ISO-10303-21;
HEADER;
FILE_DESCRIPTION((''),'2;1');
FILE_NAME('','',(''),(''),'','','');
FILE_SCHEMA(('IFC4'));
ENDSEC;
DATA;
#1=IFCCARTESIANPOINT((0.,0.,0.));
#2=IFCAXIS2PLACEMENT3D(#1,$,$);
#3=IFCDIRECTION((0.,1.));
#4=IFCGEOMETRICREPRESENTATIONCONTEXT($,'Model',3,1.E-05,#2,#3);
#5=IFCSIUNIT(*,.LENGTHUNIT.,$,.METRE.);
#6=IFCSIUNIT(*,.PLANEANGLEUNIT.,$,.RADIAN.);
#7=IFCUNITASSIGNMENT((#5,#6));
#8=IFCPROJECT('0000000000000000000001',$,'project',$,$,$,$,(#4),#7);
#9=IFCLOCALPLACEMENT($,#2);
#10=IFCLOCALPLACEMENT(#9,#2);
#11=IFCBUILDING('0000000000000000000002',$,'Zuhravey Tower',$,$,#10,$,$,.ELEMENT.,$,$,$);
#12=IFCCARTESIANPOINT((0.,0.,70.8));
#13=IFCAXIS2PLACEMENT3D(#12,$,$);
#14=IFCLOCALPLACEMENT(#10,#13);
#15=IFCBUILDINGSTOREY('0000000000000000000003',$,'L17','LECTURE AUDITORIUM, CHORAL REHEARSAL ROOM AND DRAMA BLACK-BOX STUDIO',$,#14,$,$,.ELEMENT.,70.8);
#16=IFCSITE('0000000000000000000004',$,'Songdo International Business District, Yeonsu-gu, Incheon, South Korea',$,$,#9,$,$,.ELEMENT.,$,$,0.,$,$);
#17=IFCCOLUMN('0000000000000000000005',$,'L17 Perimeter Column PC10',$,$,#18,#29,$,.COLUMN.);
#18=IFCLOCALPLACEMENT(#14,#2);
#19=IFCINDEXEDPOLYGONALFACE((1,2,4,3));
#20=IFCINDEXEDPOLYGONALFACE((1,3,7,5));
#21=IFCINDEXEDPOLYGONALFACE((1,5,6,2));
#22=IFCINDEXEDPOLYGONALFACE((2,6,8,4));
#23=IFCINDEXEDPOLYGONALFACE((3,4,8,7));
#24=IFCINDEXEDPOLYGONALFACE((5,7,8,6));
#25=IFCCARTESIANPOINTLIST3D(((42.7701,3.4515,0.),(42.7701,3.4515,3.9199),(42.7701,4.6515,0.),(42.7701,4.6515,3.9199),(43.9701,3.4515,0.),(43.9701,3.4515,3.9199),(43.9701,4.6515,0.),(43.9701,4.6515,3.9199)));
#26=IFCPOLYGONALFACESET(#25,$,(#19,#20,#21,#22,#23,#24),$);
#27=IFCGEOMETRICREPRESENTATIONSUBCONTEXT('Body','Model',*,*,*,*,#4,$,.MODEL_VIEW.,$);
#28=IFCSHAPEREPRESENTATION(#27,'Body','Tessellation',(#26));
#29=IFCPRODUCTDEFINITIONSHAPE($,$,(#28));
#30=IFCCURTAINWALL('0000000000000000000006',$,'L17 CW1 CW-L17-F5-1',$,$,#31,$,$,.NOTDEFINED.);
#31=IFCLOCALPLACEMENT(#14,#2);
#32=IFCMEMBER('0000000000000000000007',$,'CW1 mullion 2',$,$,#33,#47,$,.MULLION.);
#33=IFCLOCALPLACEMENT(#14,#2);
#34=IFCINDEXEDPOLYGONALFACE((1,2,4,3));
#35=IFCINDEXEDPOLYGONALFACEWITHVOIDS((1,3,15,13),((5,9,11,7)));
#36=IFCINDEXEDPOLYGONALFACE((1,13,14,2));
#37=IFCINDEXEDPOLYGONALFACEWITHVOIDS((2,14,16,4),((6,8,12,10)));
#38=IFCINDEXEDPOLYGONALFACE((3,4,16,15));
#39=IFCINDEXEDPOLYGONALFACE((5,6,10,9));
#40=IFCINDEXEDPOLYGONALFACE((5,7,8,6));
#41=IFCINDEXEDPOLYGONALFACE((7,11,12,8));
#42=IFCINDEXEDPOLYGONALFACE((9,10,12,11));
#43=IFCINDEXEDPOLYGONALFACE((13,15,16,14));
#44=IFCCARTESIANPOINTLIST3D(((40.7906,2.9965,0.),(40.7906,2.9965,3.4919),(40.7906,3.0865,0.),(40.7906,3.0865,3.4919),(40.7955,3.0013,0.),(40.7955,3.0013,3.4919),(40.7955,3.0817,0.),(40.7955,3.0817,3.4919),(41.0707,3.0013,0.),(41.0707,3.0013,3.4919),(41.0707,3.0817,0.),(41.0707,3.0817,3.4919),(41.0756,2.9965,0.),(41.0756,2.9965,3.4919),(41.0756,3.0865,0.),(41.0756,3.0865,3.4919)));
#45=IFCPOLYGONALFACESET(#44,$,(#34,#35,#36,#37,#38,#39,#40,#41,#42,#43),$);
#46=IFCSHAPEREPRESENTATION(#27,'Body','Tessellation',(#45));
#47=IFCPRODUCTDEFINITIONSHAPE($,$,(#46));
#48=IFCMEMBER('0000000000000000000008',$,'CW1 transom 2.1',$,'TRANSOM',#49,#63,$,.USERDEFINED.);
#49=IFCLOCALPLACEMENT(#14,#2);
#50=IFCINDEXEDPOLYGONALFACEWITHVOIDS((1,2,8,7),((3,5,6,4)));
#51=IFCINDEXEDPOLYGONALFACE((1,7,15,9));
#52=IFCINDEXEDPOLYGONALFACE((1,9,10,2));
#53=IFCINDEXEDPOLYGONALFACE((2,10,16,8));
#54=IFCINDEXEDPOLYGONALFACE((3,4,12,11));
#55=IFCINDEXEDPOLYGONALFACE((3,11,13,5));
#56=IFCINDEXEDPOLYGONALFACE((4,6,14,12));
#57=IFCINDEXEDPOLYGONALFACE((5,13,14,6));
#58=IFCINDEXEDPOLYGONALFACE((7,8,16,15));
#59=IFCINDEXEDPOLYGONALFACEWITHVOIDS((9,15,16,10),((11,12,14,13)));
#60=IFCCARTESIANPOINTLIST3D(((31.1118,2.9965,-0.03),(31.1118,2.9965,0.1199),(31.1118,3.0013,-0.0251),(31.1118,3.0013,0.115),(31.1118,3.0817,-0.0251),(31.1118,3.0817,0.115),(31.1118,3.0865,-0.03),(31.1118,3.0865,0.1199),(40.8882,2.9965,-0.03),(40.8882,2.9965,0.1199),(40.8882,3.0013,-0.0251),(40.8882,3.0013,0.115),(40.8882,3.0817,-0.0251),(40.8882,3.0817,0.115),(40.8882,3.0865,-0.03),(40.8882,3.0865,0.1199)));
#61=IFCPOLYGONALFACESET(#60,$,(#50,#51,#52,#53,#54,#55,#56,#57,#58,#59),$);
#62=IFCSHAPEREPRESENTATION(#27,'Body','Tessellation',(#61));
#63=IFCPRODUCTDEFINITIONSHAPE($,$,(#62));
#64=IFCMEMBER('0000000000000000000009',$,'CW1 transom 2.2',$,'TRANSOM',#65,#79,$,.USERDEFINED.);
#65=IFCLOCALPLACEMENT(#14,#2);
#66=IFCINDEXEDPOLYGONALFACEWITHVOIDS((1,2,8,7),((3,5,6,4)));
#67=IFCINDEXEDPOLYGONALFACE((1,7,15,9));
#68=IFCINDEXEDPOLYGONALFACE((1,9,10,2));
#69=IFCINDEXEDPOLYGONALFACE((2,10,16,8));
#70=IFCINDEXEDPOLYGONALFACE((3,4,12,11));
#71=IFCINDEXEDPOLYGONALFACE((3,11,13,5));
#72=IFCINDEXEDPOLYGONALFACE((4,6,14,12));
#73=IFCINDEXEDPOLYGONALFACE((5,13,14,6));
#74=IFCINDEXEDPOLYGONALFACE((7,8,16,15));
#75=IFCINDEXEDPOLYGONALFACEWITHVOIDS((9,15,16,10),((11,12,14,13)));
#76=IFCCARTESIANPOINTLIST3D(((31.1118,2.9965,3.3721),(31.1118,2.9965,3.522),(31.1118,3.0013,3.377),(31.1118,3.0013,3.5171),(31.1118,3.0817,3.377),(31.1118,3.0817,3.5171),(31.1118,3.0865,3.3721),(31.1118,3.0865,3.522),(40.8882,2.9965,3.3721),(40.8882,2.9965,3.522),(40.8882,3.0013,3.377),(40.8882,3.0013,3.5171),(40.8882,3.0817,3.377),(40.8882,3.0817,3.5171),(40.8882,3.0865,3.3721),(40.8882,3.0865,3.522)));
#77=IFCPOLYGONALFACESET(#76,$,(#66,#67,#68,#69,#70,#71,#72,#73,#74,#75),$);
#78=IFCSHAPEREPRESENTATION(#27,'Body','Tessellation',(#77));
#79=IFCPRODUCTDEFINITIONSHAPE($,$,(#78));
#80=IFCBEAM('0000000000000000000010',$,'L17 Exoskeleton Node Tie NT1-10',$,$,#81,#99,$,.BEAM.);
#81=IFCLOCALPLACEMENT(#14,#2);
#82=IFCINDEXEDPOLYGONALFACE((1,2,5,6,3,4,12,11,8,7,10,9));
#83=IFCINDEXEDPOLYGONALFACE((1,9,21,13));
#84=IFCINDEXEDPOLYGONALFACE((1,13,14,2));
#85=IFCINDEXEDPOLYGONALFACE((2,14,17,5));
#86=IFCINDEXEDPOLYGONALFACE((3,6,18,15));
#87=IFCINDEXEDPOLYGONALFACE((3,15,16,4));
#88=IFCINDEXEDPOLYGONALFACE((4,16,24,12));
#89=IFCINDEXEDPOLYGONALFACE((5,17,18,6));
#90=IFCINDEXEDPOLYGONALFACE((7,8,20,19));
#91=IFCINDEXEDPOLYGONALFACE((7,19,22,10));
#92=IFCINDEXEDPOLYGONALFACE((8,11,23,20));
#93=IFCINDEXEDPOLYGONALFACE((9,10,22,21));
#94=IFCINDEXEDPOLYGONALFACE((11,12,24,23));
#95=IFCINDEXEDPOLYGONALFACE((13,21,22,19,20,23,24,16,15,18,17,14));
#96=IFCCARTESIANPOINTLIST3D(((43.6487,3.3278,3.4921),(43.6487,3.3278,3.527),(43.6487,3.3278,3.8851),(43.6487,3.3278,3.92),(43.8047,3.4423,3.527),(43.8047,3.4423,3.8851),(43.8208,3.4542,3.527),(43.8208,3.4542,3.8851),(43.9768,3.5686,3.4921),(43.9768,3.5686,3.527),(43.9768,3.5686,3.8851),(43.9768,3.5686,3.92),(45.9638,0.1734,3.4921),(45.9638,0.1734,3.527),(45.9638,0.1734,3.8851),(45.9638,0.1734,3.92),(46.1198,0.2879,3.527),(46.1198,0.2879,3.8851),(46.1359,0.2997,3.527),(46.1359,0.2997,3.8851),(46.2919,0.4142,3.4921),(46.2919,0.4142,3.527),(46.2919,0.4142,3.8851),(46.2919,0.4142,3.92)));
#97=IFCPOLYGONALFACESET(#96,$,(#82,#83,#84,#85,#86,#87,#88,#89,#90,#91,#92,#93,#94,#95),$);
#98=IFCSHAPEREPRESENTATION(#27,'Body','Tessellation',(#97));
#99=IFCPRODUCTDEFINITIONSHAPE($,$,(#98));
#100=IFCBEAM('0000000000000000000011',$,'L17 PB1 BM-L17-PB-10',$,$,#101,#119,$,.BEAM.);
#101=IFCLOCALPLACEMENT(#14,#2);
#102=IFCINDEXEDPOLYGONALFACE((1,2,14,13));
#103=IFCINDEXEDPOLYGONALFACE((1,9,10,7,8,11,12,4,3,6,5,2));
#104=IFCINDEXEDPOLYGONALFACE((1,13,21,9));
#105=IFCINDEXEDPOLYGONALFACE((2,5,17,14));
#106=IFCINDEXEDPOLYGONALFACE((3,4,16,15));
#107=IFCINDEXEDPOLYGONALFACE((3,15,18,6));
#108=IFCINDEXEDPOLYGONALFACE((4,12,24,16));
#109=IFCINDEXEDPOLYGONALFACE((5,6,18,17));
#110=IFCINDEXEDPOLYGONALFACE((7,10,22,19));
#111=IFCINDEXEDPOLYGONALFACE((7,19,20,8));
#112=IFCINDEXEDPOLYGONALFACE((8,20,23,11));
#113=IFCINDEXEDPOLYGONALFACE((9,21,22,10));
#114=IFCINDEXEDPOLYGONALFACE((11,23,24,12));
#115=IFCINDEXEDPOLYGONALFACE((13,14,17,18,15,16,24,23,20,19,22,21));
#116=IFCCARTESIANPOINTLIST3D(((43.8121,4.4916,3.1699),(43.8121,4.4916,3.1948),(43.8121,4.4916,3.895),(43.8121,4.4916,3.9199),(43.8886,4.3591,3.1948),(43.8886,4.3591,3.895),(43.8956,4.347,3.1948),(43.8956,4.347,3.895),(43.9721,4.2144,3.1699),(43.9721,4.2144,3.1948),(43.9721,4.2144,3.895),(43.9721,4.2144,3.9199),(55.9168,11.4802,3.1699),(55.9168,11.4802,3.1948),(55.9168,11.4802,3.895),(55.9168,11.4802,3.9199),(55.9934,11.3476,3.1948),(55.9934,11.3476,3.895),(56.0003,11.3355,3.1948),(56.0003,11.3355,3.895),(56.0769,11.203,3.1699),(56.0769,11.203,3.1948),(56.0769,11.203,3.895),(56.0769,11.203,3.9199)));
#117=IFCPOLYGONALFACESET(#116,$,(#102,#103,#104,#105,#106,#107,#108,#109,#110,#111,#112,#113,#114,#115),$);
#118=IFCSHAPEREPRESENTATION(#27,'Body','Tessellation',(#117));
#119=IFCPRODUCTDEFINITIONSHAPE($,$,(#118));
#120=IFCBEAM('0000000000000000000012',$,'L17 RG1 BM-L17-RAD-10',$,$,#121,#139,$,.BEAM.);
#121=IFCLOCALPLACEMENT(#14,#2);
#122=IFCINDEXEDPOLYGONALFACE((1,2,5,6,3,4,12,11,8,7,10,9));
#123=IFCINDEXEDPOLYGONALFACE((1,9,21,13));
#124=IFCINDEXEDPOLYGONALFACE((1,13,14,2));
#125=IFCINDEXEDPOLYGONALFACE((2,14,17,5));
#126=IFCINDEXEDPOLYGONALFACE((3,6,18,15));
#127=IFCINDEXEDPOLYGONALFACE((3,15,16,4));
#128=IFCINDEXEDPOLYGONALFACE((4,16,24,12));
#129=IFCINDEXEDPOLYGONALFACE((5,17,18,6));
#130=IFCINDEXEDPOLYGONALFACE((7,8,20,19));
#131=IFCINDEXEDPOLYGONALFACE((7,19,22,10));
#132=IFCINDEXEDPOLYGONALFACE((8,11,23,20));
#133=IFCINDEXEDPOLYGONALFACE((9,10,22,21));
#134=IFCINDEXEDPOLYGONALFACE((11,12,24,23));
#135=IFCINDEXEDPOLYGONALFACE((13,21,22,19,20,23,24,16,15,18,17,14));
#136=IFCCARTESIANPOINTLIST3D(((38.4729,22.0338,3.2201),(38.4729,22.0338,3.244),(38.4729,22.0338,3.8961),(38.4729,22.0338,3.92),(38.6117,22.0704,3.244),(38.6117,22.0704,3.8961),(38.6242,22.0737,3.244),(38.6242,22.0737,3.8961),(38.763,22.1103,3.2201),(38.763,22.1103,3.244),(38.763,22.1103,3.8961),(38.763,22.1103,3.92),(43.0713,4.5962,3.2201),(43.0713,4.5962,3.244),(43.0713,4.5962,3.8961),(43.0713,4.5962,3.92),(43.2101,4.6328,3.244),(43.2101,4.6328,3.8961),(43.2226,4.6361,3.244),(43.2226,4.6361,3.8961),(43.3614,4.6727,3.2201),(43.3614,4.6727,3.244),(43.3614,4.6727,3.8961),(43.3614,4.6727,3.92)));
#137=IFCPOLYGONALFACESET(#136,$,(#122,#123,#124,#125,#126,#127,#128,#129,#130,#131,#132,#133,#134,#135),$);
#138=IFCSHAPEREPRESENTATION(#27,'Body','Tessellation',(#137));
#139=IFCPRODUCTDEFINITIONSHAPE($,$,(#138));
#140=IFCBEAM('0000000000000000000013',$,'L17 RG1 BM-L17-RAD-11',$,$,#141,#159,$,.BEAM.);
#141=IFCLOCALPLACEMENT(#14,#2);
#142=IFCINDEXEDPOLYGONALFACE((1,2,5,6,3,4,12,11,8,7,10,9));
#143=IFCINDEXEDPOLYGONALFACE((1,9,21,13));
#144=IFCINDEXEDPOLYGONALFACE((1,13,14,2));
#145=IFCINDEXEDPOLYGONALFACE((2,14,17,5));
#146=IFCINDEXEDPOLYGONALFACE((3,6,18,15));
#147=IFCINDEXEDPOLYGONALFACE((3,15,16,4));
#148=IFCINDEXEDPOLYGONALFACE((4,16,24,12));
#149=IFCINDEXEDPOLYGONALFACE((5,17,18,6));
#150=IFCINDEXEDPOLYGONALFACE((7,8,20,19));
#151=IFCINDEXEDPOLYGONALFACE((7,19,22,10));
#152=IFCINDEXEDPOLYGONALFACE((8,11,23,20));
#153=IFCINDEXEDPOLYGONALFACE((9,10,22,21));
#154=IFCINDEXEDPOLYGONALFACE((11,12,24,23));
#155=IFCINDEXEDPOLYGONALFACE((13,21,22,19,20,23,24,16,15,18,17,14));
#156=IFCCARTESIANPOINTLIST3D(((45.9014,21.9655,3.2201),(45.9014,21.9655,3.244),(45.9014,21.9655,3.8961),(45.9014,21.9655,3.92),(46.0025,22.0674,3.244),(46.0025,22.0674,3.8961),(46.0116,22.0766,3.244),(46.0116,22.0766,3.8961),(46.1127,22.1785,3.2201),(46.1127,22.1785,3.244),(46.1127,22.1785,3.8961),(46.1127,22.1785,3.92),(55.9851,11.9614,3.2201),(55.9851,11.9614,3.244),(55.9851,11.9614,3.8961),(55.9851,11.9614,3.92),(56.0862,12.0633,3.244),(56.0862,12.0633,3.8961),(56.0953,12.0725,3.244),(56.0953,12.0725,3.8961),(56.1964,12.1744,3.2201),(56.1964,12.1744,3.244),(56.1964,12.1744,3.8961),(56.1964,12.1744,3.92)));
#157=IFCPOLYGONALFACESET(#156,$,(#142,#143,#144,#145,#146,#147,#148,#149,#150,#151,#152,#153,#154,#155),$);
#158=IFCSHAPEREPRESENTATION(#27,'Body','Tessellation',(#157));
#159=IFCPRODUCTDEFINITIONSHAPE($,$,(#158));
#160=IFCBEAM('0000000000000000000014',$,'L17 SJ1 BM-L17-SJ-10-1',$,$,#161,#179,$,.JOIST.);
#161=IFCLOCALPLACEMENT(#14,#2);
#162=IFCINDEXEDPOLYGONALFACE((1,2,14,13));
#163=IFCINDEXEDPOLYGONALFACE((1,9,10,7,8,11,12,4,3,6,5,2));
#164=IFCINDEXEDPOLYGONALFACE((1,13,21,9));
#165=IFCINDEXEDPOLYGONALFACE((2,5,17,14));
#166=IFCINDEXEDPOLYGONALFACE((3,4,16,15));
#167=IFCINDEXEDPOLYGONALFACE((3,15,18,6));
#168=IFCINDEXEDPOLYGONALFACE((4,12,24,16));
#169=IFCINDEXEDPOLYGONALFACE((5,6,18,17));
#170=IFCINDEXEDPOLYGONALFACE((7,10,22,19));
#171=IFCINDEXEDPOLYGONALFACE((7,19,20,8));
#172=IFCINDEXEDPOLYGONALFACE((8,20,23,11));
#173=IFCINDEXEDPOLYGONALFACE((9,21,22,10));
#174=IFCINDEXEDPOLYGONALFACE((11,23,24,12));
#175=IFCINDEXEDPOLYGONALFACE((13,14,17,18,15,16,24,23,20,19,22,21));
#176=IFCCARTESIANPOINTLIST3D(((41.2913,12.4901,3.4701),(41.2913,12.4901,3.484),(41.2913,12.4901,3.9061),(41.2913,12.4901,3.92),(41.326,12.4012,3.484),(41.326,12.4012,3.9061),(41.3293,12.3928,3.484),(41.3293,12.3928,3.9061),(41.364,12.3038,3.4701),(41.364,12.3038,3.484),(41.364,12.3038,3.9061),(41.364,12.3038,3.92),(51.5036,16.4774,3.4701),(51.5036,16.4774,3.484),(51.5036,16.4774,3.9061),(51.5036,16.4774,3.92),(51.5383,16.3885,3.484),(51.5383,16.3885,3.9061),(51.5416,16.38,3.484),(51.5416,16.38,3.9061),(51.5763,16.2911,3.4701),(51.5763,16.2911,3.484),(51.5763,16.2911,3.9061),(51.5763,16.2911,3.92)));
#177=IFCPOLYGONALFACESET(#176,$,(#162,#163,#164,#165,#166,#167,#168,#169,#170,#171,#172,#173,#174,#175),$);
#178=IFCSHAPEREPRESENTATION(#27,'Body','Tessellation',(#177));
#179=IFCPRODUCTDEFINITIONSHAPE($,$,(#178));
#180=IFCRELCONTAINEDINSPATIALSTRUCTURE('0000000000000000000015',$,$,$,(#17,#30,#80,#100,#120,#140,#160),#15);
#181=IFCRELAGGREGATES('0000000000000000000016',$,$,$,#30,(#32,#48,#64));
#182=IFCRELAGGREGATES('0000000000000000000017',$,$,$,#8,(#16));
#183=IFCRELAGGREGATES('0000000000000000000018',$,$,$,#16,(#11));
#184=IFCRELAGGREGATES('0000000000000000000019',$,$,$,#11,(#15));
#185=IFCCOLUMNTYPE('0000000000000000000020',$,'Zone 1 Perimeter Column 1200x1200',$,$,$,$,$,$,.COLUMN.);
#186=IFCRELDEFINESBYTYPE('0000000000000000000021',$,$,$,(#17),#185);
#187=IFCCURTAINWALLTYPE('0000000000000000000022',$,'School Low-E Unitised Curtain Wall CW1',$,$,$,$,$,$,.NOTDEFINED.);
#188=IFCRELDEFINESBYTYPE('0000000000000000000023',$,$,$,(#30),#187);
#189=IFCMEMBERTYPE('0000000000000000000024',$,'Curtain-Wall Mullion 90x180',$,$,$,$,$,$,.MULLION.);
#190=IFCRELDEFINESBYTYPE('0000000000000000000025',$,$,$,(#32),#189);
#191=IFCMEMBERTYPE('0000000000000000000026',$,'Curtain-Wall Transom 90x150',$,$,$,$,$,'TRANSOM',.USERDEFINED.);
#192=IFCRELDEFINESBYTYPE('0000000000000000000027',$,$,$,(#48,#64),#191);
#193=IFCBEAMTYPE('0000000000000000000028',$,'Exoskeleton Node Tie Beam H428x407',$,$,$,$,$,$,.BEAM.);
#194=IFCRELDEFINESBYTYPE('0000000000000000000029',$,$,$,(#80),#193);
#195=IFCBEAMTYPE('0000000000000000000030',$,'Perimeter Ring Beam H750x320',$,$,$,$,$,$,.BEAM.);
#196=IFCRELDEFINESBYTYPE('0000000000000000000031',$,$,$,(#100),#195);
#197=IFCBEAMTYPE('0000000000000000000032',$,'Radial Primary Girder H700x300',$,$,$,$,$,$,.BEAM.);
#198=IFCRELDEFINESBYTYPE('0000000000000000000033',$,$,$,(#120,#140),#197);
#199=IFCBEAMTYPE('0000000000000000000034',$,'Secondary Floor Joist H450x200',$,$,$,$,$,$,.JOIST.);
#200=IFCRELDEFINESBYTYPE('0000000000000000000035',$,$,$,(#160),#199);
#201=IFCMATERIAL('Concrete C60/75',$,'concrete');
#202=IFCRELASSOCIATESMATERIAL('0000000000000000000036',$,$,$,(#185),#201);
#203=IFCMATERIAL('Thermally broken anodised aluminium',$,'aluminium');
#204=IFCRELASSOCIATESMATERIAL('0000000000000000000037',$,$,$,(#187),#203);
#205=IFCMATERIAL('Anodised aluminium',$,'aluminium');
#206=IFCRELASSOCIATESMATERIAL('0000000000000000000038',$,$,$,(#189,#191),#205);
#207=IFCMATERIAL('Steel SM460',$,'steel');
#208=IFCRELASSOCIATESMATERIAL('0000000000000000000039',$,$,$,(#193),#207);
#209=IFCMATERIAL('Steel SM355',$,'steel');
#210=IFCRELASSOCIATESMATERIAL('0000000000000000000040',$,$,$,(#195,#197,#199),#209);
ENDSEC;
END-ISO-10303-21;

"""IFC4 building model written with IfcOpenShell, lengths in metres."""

from ifc_helpers import new_model, si_unit, direction, frame, origin, origin_2d, place, context, subcontext, project, spatial, rectangle, hollow_rectangle, i_section, extrude, material, material_profile, profile_set, type_object, element, aggregate, save


model = new_model("IFC4")

# Units and contexts
model_context = context("Model", 3, precision=1e-05, world=origin(), true_north=direction((0.0, 1.0)))
body_context = subcontext(model_context, "Body", "Model", "MODEL_VIEW")
ifc_project = project(units=[si_unit("LENGTHUNIT", "METRE"), si_unit("PLANEANGLEUNIT", "RADIAN")], contexts=[model_context])

# Site, building, storey
site_placement = place(None, origin())
site = spatial("IfcSite", under=ifc_project, at=site_placement, Name="Songdo International Business District, Yeonsu-gu, Incheon, South Korea", CompositionType="ELEMENT", RefElevation=0.0)
building_placement = place(site_placement, origin())
building = spatial("IfcBuilding", under=site, at=building_placement, Name="Zuhravey Tower", CompositionType="ELEMENT")
storey_placement = place(building_placement, frame((0.0, 0.0, 70.8)))
storey = spatial("IfcBuildingStorey", under=building, at=storey_placement, Name="L17", Description="LECTURE AUDITORIUM, CHORAL REHEARSAL ROOM AND DRAMA BLACK-BOX STUDIO", CompositionType="ELEMENT", Elevation=70.8)

# Column
ifc_material_1 = material(Name="Concrete C60/75", Category="concrete")
ifc_material_profile_1 = material_profile(ifc_material_1, rectangle(XDim=1.2, YDim=1.2, at=origin_2d()), Name="RC-1200x1200")
ifc_profile_set_1 = profile_set([ifc_material_profile_1], Name="Concrete C60/75")
column_type = type_object("IfcColumnType", Name="Zone 1 Perimeter Column 1200x1200", PredefinedType="COLUMN", material=ifc_profile_set_1)
column_placement = place(storey_placement, frame((43.3701, 4.0515, 0.0), z_axis=(0.0, 0.0, 1.0), x_axis=(1.0, 0.0, 0.0)))
element("IfcColumn", 1, at=column_placement, inside=storey, type_object=column_type, Name="L17 Perimeter Column PC10", PredefinedType="COLUMN", context=body_context, shape_type="SweptSolid", body=[
    extrude(rectangle(XDim=1.2, YDim=1.2, at=origin_2d()), origin(), (0.0, 0.0, 1.0), 3.9199),
])

# Curtain wall, members
ifc_material_2 = material(Name="Thermally broken anodised aluminium", Category="aluminium")
curtain_wall_type = type_object("IfcCurtainWallType", Name="School Low-E Unitised Curtain Wall CW1", PredefinedType="NOTDEFINED", material=ifc_material_2)
curtain_wall_placement = place(storey_placement, origin())
curtain_wall = element("IfcCurtainWall", 2, at=curtain_wall_placement, inside=storey, type_object=curtain_wall_type, Name="L17 CW1 CW-L17-F5-1", PredefinedType="NOTDEFINED")
ifc_material_3 = material(Name="Anodised aluminium", Category="aluminium")
ifc_material_profile_2 = material_profile(ifc_material_3, hollow_rectangle(XDim=0.0901, YDim=0.2849, WallThickness=0.0049, at=origin_2d()), Name="ALU-RHS-90x285x5")
ifc_profile_set_2 = profile_set([ifc_material_profile_2], Name="Anodised aluminium")
member_type_1 = type_object("IfcMemberType", Name="Curtain-Wall Mullion 90x180", PredefinedType="MULLION", material=ifc_profile_set_2)
member_1_placement = place(storey_placement, frame((40.9331, 3.0415, 0.0), z_axis=(0.0, 0.0, 1.0), x_axis=(0.0, -1.0, 0.0)))
member_1 = element("IfcMember", 3, at=member_1_placement, type_object=member_type_1, Name="CW1 mullion 2", PredefinedType="MULLION", context=body_context, shape_type="SweptSolid", body=[
    extrude(hollow_rectangle(XDim=0.0901, YDim=0.2849, WallThickness=0.0049, at=origin_2d()), origin(), (0.0, 0.0, 1.0), 3.4919),
])
ifc_material_profile_3 = material_profile(ifc_material_3, hollow_rectangle(XDim=0.0901, YDim=0.1499, WallThickness=0.0049, at=origin_2d()), Name="ALU-RHS-90x150x5")
ifc_profile_set_3 = profile_set([ifc_material_profile_3], Name="Anodised aluminium")
member_type_2 = type_object("IfcMemberType", Name="Curtain-Wall Transom 90x150", ElementType="TRANSOM", PredefinedType="USERDEFINED", material=ifc_profile_set_3)
member_2_placement = place(storey_placement, frame((40.8882, 3.0415, 0.0449), z_axis=(-1.0, 0.0, 0.0), x_axis=(0.0, -1.0, 0.0)))
member_2 = element("IfcMember", 4, at=member_2_placement, type_object=member_type_2, Name="CW1 transom 2.1", ObjectType="TRANSOM", PredefinedType="USERDEFINED", context=body_context, shape_type="SweptSolid", body=[
    extrude(hollow_rectangle(XDim=0.0901, YDim=0.1499, WallThickness=0.0049, at=origin_2d()), origin(), (0.0, 0.0, 1.0), 9.7764),
])
member_3_placement = place(storey_placement, frame((40.8882, 3.0415, 3.447), z_axis=(-1.0, 0.0, 0.0), x_axis=(0.0, -1.0, 0.0)))
member_3 = element("IfcMember", 5, at=member_3_placement, type_object=member_type_2, Name="CW1 transom 2.2", ObjectType="TRANSOM", PredefinedType="USERDEFINED", context=body_context, shape_type="SweptSolid", body=[
    extrude(hollow_rectangle(XDim=0.0901, YDim=0.1499, WallThickness=0.0049, at=origin_2d()), origin(), (0.0, 0.0, 1.0), 9.7764),
])

# Beams
ifc_material_4 = material(Name="Steel SM460", Category="steel")
ifc_material_profile_4 = material_profile(ifc_material_4, i_section(OverallWidth=0.407, OverallDepth=0.428, WebThickness=0.02, FlangeThickness=0.0349, at=origin_2d()), Name="H-428x407x20x35")
ifc_profile_set_4 = profile_set([ifc_material_profile_4], Name="Steel SM460")
beam_type_1 = type_object("IfcBeamType", Name="Exoskeleton Node Tie Beam H428x407", PredefinedType="BEAM", material=ifc_profile_set_4)
beam_1_placement = place(storey_placement, frame((43.8127, 3.4482, 3.7061), z_axis=(0.591672, -0.806179, 0.0), x_axis=(0.806179, 0.591672, 0.0)))
element("IfcBeam", 6, at=beam_1_placement, inside=storey, type_object=beam_type_1, Name="L17 Exoskeleton Node Tie NT1-10", PredefinedType="BEAM", context=body_context, shape_type="SweptSolid", body=[
    extrude(i_section(OverallWidth=0.407, OverallDepth=0.428, WebThickness=0.02, FlangeThickness=0.0349, at=origin_2d()), origin(), (0.0, 0.0, 1.0), 3.9128),
])
ifc_material_5 = material(Name="Steel SM355", Category="steel")
ifc_material_profile_5 = material_profile(ifc_material_5, i_section(OverallWidth=0.3201, OverallDepth=0.75, WebThickness=0.0139, FlangeThickness=0.0249, at=origin_2d()), Name="H-750x320x14x25")
ifc_profile_set_5 = profile_set([ifc_material_profile_5], Name="Steel SM355")
beam_type_2 = type_object("IfcBeamType", Name="Perimeter Ring Beam H750x320", PredefinedType="BEAM", material=ifc_profile_set_5)
beam_2_placement = place(storey_placement, frame((43.8921, 4.353, 3.5449), z_axis=(0.86603, 0.499992, 0.0), x_axis=(-0.499992, 0.86603, 0.0)))
element("IfcBeam", 7, at=beam_2_placement, inside=storey, type_object=beam_type_2, Name="L17 PB1 BM-L17-PB-10", PredefinedType="BEAM", context=body_context, shape_type="SweptSolid", body=[
    extrude(i_section(OverallWidth=0.3201, OverallDepth=0.75, WebThickness=0.0139, FlangeThickness=0.0249, at=origin_2d()), origin(), (0.0, 0.0, 1.0), 13.9773),
])
ifc_material_profile_6 = material_profile(ifc_material_5, i_section(OverallWidth=0.3, OverallDepth=0.7, WebThickness=0.0129, FlangeThickness=0.0239, at=origin_2d()), Name="H-700x300x13x24")
ifc_profile_set_6 = profile_set([ifc_material_profile_6], Name="Steel SM355")
beam_type_3 = type_object("IfcBeamType", Name="Radial Primary Girder H700x300", PredefinedType="BEAM", material=ifc_profile_set_6)
beam_3_placement = place(storey_placement, frame((38.6179, 22.072, 3.5701), z_axis=(0.25499, -0.966944, 0.0), x_axis=(0.966944, 0.25499, 0.0)))
element("IfcBeam", 8, at=beam_3_placement, inside=storey, type_object=beam_type_3, Name="L17 RG1 BM-L17-RAD-10", PredefinedType="BEAM", context=body_context, shape_type="SweptSolid", body=[
    extrude(i_section(OverallWidth=0.3, OverallDepth=0.7, WebThickness=0.0129, FlangeThickness=0.0239, at=origin_2d()), origin(), (0.0, 0.0, 1.0), 18.0337),
])
beam_4_placement = place(storey_placement, frame((46.0071, 22.072, 3.5701), z_axis=(0.709903, -0.7043, 0.0), x_axis=(0.7043, 0.709903, 0.0)))
element("IfcBeam", 9, at=beam_4_placement, inside=storey, type_object=beam_type_3, Name="L17 RG1 BM-L17-RAD-11", PredefinedType="BEAM", context=body_context, shape_type="SweptSolid", body=[
    extrude(i_section(OverallWidth=0.3, OverallDepth=0.7, WebThickness=0.0129, FlangeThickness=0.0239, at=origin_2d()), origin(), (0.0, 0.0, 1.0), 14.2043),
])
ifc_material_profile_7 = material_profile(ifc_material_5, i_section(OverallWidth=0.2, OverallDepth=0.45, WebThickness=0.009, FlangeThickness=0.0139, at=origin_2d()), Name="H-450x200x9x14")
ifc_profile_set_7 = profile_set([ifc_material_profile_7], Name="Steel SM355")
beam_type_4 = type_object("IfcBeamType", Name="Secondary Floor Joist H450x200", PredefinedType="JOIST", material=ifc_profile_set_7)
beam_5_placement = place(storey_placement, frame((41.3276, 12.397, 3.6951), z_axis=(0.931517, 0.363699, 0.0), x_axis=(-0.363699, 0.931517, 0.0)))
element("IfcBeam", 10, at=beam_5_placement, inside=storey, type_object=beam_type_4, Name="L17 SJ1 BM-L17-SJ-10-1", PredefinedType="JOIST", context=body_context, shape_type="SweptSolid", body=[
    extrude(i_section(OverallWidth=0.2, OverallDepth=0.45, WebThickness=0.009, FlangeThickness=0.0139, at=origin_2d()), origin(), (0.0, 0.0, 1.0), 10.9631),
])

aggregate(curtain_wall, [member_1, member_2, member_3])

save(model, "model.ifc")
